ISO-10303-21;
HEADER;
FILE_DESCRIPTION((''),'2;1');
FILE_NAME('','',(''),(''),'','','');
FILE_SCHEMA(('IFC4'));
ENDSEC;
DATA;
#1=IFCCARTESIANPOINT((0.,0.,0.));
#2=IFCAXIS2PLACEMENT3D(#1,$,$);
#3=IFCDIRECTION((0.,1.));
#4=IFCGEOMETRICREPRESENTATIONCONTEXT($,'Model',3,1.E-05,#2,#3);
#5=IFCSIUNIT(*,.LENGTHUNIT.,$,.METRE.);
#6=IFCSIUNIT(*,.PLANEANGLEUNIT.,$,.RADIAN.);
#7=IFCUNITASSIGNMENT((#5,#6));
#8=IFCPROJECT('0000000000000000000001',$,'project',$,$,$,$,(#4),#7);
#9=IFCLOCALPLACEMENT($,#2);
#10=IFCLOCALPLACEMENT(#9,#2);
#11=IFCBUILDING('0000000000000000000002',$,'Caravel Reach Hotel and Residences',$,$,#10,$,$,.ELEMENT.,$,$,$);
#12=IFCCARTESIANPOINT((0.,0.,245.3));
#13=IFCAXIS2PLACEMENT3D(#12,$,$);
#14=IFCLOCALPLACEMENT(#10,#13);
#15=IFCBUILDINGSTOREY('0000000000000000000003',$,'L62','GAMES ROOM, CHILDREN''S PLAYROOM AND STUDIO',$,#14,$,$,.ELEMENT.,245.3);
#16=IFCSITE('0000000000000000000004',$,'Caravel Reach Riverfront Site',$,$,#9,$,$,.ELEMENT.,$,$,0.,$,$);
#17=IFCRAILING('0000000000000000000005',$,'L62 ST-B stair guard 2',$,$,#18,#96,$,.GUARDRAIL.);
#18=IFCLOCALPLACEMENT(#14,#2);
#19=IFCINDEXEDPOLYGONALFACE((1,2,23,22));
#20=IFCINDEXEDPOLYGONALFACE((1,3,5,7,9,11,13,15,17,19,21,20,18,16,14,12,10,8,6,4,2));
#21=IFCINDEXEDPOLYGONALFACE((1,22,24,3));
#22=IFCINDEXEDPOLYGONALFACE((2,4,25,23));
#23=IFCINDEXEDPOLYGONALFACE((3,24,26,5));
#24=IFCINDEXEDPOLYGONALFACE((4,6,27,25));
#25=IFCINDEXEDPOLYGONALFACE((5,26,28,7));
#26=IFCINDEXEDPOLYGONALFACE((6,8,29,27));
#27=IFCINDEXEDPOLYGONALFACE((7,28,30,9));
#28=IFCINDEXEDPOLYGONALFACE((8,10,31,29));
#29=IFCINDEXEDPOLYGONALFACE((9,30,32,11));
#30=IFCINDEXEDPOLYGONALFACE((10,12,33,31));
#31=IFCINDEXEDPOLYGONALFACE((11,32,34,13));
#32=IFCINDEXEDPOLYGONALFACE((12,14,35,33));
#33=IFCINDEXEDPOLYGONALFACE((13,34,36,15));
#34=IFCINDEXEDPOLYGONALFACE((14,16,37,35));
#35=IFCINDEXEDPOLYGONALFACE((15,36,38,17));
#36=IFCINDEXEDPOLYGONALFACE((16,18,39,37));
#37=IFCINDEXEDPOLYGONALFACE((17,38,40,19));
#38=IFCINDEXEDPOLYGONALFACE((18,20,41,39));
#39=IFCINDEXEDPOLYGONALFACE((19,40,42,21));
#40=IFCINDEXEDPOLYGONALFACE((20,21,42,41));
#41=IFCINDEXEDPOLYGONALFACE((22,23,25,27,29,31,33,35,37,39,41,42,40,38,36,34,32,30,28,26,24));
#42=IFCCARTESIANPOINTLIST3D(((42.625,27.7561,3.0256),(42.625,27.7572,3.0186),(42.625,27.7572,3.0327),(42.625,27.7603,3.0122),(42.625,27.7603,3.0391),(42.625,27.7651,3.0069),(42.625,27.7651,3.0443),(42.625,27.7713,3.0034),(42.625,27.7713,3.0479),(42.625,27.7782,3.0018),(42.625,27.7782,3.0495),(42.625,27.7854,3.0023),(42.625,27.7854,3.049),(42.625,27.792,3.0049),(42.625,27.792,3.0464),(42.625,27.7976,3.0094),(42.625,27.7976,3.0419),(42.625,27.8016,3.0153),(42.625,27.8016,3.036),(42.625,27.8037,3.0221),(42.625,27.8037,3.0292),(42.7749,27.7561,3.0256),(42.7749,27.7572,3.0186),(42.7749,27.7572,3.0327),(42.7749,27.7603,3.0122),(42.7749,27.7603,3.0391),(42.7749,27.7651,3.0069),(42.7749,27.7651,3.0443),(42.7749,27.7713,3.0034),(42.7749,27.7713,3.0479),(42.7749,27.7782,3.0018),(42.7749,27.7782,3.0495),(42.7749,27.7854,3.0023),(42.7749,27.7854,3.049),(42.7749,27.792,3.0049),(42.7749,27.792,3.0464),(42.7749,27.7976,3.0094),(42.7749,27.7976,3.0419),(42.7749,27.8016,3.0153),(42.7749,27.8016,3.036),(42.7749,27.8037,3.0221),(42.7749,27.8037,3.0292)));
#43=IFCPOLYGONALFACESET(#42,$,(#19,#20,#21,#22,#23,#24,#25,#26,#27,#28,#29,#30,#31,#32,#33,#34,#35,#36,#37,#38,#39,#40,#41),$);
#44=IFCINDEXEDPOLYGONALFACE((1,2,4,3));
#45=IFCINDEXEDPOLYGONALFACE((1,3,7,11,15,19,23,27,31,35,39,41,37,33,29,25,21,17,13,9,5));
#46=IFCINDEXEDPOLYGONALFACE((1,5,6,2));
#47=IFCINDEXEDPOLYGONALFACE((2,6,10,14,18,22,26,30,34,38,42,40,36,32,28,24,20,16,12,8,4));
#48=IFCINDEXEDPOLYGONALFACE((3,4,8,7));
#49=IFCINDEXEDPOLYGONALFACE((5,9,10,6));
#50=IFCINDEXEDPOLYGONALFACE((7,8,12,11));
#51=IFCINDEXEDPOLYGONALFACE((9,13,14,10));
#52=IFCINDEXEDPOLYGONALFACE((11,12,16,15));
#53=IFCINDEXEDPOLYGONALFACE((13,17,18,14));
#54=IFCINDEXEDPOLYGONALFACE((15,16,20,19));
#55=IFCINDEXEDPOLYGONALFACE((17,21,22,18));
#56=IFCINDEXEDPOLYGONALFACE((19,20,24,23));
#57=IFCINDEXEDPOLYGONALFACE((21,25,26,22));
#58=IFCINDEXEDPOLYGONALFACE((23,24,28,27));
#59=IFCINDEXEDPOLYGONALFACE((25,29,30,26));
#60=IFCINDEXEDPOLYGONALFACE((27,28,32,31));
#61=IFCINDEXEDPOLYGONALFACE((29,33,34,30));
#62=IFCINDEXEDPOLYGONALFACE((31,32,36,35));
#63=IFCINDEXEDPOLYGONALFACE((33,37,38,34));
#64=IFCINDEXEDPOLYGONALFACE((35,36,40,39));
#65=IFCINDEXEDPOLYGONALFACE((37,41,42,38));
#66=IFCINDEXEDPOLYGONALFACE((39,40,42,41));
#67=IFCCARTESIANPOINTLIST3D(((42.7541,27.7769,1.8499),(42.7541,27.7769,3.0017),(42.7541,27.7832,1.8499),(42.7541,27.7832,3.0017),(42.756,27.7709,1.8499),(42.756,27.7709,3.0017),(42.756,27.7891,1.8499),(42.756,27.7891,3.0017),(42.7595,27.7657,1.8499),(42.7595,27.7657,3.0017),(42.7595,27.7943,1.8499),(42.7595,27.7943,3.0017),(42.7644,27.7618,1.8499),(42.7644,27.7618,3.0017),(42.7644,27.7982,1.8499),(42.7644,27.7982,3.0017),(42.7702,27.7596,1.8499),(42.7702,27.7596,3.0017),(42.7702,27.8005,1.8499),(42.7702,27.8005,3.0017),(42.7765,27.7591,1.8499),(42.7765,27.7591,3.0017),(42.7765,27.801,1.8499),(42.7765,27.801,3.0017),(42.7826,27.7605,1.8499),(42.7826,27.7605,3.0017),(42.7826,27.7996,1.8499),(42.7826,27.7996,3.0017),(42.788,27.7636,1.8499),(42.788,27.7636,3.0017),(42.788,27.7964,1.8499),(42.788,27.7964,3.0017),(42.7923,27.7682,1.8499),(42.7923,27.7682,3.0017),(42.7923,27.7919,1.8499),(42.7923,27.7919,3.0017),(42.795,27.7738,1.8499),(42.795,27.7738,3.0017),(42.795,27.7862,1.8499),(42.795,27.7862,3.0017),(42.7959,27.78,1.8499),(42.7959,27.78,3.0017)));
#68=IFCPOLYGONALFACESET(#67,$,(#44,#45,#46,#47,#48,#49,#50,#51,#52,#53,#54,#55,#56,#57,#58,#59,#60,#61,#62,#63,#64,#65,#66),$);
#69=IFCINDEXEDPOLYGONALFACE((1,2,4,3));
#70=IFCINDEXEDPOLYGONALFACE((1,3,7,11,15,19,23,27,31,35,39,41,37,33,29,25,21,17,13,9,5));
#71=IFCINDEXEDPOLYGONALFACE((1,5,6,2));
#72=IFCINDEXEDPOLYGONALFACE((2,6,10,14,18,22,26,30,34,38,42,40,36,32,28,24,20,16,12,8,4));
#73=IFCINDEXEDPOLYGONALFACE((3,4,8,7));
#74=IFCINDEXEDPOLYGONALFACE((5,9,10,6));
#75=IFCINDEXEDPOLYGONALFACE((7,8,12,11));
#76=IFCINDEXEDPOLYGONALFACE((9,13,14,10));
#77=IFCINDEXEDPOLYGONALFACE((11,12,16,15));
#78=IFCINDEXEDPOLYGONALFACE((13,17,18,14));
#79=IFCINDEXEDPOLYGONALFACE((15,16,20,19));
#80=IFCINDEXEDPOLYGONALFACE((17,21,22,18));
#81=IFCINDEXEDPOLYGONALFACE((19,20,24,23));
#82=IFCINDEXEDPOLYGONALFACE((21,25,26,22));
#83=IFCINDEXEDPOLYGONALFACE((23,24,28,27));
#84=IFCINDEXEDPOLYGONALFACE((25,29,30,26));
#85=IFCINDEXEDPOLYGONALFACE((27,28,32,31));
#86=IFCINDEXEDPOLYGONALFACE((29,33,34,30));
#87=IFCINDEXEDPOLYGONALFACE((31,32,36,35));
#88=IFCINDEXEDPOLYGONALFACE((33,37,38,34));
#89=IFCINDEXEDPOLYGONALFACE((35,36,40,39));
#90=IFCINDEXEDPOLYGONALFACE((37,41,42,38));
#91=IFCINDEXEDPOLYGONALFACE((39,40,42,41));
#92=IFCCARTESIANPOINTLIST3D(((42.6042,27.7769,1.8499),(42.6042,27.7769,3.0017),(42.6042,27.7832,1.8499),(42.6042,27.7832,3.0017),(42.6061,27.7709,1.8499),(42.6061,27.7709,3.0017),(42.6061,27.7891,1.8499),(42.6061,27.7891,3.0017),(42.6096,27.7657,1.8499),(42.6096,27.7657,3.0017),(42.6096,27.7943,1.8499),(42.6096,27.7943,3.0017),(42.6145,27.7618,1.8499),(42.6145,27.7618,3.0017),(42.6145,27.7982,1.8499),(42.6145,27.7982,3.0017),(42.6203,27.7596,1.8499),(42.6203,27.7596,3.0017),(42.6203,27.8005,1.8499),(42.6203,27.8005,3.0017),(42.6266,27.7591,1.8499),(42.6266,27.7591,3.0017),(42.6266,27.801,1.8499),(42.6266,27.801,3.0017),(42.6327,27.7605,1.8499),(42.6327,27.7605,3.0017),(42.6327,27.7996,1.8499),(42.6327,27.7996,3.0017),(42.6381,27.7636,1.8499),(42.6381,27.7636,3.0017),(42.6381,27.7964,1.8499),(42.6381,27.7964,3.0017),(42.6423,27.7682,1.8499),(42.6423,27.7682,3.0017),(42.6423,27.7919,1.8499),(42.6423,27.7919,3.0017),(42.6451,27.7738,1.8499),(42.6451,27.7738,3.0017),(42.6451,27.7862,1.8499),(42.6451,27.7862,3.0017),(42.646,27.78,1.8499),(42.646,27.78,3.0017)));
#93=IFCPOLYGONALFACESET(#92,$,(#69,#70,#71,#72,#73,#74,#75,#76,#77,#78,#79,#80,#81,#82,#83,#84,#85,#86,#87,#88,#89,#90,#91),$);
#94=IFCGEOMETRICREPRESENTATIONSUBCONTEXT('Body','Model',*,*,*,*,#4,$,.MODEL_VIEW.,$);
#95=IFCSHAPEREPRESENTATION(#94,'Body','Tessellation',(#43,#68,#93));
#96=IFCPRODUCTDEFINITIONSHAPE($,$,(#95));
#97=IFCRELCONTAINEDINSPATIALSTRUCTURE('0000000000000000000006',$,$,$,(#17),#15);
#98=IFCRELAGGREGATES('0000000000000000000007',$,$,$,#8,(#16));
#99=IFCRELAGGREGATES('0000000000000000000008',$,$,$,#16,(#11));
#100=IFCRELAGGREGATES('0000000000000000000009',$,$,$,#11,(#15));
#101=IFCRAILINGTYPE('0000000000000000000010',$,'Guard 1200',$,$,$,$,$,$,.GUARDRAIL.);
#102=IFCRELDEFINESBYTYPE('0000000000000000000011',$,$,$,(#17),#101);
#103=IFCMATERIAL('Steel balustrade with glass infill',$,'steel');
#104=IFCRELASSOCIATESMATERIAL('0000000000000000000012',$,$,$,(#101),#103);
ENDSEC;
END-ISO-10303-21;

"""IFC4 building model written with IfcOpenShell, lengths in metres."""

from ifc_helpers import new_model, si_unit, direction, frame, origin, origin_2d, place, context, subcontext, project, spatial, circle, extrude, material, type_object, element, save


model = new_model("IFC4")

# Units and contexts
model_context = context("Model", 3, precision=1e-05, world=origin(), true_north=direction((0.0, 1.0)))
body_context = subcontext(model_context, "Body", "Model", "MODEL_VIEW")
ifc_project = project(units=[si_unit("LENGTHUNIT", "METRE"), si_unit("PLANEANGLEUNIT", "RADIAN")], contexts=[model_context])

# Site, building, storey
site_placement = place(None, origin())
site = spatial("IfcSite", under=ifc_project, at=site_placement, Name="Caravel Reach Riverfront Site", CompositionType="ELEMENT", RefElevation=0.0)
building_placement = place(site_placement, origin())
building = spatial("IfcBuilding", under=site, at=building_placement, Name="Caravel Reach Hotel and Residences", CompositionType="ELEMENT")
storey_placement = place(building_placement, frame((0.0, 0.0, 245.3)))
storey = spatial("IfcBuildingStorey", under=building, at=storey_placement, Name="L62", Description="GAMES ROOM, CHILDREN'S PLAYROOM AND STUDIO", CompositionType="ELEMENT", Elevation=245.3)

# Railing
ifc_material_1 = material(Name="Steel balustrade with glass infill", Category="steel")
railing_type_1 = type_object("IfcRailingType", Name="Guard 1200", PredefinedType="GUARDRAIL", material=ifc_material_1)
railing_1_placement = place(storey_placement, frame((42.7749, 27.78, 1.8499)))
element("IfcRailing", 1, at=railing_1_placement, inside=storey, type_object=railing_type_1, Name="L62 ST-B stair guard 2", PredefinedType="GUARDRAIL", context=body_context, shape_type="SweptSolid", body=[
    extrude(circle(Radius=0.0239, at=origin_2d()), frame((0.0, 0.0, 1.1758), z_axis=(-1.0, 0.0, 0.0), x_axis=(0.0, -1.0, 0.0)), (0.0, 0.0, 1.0), 0.1499),
    extrude(circle(Radius=0.021, at=origin_2d()), origin(), (0.0, 0.0, 1.0), 1.1519),
    extrude(circle(Radius=0.021, at=origin_2d()), frame((-0.1499, 0.0, 0.0)), (0.0, 0.0, 1.0), 1.1519),
])

save(model, "model.ifc")
